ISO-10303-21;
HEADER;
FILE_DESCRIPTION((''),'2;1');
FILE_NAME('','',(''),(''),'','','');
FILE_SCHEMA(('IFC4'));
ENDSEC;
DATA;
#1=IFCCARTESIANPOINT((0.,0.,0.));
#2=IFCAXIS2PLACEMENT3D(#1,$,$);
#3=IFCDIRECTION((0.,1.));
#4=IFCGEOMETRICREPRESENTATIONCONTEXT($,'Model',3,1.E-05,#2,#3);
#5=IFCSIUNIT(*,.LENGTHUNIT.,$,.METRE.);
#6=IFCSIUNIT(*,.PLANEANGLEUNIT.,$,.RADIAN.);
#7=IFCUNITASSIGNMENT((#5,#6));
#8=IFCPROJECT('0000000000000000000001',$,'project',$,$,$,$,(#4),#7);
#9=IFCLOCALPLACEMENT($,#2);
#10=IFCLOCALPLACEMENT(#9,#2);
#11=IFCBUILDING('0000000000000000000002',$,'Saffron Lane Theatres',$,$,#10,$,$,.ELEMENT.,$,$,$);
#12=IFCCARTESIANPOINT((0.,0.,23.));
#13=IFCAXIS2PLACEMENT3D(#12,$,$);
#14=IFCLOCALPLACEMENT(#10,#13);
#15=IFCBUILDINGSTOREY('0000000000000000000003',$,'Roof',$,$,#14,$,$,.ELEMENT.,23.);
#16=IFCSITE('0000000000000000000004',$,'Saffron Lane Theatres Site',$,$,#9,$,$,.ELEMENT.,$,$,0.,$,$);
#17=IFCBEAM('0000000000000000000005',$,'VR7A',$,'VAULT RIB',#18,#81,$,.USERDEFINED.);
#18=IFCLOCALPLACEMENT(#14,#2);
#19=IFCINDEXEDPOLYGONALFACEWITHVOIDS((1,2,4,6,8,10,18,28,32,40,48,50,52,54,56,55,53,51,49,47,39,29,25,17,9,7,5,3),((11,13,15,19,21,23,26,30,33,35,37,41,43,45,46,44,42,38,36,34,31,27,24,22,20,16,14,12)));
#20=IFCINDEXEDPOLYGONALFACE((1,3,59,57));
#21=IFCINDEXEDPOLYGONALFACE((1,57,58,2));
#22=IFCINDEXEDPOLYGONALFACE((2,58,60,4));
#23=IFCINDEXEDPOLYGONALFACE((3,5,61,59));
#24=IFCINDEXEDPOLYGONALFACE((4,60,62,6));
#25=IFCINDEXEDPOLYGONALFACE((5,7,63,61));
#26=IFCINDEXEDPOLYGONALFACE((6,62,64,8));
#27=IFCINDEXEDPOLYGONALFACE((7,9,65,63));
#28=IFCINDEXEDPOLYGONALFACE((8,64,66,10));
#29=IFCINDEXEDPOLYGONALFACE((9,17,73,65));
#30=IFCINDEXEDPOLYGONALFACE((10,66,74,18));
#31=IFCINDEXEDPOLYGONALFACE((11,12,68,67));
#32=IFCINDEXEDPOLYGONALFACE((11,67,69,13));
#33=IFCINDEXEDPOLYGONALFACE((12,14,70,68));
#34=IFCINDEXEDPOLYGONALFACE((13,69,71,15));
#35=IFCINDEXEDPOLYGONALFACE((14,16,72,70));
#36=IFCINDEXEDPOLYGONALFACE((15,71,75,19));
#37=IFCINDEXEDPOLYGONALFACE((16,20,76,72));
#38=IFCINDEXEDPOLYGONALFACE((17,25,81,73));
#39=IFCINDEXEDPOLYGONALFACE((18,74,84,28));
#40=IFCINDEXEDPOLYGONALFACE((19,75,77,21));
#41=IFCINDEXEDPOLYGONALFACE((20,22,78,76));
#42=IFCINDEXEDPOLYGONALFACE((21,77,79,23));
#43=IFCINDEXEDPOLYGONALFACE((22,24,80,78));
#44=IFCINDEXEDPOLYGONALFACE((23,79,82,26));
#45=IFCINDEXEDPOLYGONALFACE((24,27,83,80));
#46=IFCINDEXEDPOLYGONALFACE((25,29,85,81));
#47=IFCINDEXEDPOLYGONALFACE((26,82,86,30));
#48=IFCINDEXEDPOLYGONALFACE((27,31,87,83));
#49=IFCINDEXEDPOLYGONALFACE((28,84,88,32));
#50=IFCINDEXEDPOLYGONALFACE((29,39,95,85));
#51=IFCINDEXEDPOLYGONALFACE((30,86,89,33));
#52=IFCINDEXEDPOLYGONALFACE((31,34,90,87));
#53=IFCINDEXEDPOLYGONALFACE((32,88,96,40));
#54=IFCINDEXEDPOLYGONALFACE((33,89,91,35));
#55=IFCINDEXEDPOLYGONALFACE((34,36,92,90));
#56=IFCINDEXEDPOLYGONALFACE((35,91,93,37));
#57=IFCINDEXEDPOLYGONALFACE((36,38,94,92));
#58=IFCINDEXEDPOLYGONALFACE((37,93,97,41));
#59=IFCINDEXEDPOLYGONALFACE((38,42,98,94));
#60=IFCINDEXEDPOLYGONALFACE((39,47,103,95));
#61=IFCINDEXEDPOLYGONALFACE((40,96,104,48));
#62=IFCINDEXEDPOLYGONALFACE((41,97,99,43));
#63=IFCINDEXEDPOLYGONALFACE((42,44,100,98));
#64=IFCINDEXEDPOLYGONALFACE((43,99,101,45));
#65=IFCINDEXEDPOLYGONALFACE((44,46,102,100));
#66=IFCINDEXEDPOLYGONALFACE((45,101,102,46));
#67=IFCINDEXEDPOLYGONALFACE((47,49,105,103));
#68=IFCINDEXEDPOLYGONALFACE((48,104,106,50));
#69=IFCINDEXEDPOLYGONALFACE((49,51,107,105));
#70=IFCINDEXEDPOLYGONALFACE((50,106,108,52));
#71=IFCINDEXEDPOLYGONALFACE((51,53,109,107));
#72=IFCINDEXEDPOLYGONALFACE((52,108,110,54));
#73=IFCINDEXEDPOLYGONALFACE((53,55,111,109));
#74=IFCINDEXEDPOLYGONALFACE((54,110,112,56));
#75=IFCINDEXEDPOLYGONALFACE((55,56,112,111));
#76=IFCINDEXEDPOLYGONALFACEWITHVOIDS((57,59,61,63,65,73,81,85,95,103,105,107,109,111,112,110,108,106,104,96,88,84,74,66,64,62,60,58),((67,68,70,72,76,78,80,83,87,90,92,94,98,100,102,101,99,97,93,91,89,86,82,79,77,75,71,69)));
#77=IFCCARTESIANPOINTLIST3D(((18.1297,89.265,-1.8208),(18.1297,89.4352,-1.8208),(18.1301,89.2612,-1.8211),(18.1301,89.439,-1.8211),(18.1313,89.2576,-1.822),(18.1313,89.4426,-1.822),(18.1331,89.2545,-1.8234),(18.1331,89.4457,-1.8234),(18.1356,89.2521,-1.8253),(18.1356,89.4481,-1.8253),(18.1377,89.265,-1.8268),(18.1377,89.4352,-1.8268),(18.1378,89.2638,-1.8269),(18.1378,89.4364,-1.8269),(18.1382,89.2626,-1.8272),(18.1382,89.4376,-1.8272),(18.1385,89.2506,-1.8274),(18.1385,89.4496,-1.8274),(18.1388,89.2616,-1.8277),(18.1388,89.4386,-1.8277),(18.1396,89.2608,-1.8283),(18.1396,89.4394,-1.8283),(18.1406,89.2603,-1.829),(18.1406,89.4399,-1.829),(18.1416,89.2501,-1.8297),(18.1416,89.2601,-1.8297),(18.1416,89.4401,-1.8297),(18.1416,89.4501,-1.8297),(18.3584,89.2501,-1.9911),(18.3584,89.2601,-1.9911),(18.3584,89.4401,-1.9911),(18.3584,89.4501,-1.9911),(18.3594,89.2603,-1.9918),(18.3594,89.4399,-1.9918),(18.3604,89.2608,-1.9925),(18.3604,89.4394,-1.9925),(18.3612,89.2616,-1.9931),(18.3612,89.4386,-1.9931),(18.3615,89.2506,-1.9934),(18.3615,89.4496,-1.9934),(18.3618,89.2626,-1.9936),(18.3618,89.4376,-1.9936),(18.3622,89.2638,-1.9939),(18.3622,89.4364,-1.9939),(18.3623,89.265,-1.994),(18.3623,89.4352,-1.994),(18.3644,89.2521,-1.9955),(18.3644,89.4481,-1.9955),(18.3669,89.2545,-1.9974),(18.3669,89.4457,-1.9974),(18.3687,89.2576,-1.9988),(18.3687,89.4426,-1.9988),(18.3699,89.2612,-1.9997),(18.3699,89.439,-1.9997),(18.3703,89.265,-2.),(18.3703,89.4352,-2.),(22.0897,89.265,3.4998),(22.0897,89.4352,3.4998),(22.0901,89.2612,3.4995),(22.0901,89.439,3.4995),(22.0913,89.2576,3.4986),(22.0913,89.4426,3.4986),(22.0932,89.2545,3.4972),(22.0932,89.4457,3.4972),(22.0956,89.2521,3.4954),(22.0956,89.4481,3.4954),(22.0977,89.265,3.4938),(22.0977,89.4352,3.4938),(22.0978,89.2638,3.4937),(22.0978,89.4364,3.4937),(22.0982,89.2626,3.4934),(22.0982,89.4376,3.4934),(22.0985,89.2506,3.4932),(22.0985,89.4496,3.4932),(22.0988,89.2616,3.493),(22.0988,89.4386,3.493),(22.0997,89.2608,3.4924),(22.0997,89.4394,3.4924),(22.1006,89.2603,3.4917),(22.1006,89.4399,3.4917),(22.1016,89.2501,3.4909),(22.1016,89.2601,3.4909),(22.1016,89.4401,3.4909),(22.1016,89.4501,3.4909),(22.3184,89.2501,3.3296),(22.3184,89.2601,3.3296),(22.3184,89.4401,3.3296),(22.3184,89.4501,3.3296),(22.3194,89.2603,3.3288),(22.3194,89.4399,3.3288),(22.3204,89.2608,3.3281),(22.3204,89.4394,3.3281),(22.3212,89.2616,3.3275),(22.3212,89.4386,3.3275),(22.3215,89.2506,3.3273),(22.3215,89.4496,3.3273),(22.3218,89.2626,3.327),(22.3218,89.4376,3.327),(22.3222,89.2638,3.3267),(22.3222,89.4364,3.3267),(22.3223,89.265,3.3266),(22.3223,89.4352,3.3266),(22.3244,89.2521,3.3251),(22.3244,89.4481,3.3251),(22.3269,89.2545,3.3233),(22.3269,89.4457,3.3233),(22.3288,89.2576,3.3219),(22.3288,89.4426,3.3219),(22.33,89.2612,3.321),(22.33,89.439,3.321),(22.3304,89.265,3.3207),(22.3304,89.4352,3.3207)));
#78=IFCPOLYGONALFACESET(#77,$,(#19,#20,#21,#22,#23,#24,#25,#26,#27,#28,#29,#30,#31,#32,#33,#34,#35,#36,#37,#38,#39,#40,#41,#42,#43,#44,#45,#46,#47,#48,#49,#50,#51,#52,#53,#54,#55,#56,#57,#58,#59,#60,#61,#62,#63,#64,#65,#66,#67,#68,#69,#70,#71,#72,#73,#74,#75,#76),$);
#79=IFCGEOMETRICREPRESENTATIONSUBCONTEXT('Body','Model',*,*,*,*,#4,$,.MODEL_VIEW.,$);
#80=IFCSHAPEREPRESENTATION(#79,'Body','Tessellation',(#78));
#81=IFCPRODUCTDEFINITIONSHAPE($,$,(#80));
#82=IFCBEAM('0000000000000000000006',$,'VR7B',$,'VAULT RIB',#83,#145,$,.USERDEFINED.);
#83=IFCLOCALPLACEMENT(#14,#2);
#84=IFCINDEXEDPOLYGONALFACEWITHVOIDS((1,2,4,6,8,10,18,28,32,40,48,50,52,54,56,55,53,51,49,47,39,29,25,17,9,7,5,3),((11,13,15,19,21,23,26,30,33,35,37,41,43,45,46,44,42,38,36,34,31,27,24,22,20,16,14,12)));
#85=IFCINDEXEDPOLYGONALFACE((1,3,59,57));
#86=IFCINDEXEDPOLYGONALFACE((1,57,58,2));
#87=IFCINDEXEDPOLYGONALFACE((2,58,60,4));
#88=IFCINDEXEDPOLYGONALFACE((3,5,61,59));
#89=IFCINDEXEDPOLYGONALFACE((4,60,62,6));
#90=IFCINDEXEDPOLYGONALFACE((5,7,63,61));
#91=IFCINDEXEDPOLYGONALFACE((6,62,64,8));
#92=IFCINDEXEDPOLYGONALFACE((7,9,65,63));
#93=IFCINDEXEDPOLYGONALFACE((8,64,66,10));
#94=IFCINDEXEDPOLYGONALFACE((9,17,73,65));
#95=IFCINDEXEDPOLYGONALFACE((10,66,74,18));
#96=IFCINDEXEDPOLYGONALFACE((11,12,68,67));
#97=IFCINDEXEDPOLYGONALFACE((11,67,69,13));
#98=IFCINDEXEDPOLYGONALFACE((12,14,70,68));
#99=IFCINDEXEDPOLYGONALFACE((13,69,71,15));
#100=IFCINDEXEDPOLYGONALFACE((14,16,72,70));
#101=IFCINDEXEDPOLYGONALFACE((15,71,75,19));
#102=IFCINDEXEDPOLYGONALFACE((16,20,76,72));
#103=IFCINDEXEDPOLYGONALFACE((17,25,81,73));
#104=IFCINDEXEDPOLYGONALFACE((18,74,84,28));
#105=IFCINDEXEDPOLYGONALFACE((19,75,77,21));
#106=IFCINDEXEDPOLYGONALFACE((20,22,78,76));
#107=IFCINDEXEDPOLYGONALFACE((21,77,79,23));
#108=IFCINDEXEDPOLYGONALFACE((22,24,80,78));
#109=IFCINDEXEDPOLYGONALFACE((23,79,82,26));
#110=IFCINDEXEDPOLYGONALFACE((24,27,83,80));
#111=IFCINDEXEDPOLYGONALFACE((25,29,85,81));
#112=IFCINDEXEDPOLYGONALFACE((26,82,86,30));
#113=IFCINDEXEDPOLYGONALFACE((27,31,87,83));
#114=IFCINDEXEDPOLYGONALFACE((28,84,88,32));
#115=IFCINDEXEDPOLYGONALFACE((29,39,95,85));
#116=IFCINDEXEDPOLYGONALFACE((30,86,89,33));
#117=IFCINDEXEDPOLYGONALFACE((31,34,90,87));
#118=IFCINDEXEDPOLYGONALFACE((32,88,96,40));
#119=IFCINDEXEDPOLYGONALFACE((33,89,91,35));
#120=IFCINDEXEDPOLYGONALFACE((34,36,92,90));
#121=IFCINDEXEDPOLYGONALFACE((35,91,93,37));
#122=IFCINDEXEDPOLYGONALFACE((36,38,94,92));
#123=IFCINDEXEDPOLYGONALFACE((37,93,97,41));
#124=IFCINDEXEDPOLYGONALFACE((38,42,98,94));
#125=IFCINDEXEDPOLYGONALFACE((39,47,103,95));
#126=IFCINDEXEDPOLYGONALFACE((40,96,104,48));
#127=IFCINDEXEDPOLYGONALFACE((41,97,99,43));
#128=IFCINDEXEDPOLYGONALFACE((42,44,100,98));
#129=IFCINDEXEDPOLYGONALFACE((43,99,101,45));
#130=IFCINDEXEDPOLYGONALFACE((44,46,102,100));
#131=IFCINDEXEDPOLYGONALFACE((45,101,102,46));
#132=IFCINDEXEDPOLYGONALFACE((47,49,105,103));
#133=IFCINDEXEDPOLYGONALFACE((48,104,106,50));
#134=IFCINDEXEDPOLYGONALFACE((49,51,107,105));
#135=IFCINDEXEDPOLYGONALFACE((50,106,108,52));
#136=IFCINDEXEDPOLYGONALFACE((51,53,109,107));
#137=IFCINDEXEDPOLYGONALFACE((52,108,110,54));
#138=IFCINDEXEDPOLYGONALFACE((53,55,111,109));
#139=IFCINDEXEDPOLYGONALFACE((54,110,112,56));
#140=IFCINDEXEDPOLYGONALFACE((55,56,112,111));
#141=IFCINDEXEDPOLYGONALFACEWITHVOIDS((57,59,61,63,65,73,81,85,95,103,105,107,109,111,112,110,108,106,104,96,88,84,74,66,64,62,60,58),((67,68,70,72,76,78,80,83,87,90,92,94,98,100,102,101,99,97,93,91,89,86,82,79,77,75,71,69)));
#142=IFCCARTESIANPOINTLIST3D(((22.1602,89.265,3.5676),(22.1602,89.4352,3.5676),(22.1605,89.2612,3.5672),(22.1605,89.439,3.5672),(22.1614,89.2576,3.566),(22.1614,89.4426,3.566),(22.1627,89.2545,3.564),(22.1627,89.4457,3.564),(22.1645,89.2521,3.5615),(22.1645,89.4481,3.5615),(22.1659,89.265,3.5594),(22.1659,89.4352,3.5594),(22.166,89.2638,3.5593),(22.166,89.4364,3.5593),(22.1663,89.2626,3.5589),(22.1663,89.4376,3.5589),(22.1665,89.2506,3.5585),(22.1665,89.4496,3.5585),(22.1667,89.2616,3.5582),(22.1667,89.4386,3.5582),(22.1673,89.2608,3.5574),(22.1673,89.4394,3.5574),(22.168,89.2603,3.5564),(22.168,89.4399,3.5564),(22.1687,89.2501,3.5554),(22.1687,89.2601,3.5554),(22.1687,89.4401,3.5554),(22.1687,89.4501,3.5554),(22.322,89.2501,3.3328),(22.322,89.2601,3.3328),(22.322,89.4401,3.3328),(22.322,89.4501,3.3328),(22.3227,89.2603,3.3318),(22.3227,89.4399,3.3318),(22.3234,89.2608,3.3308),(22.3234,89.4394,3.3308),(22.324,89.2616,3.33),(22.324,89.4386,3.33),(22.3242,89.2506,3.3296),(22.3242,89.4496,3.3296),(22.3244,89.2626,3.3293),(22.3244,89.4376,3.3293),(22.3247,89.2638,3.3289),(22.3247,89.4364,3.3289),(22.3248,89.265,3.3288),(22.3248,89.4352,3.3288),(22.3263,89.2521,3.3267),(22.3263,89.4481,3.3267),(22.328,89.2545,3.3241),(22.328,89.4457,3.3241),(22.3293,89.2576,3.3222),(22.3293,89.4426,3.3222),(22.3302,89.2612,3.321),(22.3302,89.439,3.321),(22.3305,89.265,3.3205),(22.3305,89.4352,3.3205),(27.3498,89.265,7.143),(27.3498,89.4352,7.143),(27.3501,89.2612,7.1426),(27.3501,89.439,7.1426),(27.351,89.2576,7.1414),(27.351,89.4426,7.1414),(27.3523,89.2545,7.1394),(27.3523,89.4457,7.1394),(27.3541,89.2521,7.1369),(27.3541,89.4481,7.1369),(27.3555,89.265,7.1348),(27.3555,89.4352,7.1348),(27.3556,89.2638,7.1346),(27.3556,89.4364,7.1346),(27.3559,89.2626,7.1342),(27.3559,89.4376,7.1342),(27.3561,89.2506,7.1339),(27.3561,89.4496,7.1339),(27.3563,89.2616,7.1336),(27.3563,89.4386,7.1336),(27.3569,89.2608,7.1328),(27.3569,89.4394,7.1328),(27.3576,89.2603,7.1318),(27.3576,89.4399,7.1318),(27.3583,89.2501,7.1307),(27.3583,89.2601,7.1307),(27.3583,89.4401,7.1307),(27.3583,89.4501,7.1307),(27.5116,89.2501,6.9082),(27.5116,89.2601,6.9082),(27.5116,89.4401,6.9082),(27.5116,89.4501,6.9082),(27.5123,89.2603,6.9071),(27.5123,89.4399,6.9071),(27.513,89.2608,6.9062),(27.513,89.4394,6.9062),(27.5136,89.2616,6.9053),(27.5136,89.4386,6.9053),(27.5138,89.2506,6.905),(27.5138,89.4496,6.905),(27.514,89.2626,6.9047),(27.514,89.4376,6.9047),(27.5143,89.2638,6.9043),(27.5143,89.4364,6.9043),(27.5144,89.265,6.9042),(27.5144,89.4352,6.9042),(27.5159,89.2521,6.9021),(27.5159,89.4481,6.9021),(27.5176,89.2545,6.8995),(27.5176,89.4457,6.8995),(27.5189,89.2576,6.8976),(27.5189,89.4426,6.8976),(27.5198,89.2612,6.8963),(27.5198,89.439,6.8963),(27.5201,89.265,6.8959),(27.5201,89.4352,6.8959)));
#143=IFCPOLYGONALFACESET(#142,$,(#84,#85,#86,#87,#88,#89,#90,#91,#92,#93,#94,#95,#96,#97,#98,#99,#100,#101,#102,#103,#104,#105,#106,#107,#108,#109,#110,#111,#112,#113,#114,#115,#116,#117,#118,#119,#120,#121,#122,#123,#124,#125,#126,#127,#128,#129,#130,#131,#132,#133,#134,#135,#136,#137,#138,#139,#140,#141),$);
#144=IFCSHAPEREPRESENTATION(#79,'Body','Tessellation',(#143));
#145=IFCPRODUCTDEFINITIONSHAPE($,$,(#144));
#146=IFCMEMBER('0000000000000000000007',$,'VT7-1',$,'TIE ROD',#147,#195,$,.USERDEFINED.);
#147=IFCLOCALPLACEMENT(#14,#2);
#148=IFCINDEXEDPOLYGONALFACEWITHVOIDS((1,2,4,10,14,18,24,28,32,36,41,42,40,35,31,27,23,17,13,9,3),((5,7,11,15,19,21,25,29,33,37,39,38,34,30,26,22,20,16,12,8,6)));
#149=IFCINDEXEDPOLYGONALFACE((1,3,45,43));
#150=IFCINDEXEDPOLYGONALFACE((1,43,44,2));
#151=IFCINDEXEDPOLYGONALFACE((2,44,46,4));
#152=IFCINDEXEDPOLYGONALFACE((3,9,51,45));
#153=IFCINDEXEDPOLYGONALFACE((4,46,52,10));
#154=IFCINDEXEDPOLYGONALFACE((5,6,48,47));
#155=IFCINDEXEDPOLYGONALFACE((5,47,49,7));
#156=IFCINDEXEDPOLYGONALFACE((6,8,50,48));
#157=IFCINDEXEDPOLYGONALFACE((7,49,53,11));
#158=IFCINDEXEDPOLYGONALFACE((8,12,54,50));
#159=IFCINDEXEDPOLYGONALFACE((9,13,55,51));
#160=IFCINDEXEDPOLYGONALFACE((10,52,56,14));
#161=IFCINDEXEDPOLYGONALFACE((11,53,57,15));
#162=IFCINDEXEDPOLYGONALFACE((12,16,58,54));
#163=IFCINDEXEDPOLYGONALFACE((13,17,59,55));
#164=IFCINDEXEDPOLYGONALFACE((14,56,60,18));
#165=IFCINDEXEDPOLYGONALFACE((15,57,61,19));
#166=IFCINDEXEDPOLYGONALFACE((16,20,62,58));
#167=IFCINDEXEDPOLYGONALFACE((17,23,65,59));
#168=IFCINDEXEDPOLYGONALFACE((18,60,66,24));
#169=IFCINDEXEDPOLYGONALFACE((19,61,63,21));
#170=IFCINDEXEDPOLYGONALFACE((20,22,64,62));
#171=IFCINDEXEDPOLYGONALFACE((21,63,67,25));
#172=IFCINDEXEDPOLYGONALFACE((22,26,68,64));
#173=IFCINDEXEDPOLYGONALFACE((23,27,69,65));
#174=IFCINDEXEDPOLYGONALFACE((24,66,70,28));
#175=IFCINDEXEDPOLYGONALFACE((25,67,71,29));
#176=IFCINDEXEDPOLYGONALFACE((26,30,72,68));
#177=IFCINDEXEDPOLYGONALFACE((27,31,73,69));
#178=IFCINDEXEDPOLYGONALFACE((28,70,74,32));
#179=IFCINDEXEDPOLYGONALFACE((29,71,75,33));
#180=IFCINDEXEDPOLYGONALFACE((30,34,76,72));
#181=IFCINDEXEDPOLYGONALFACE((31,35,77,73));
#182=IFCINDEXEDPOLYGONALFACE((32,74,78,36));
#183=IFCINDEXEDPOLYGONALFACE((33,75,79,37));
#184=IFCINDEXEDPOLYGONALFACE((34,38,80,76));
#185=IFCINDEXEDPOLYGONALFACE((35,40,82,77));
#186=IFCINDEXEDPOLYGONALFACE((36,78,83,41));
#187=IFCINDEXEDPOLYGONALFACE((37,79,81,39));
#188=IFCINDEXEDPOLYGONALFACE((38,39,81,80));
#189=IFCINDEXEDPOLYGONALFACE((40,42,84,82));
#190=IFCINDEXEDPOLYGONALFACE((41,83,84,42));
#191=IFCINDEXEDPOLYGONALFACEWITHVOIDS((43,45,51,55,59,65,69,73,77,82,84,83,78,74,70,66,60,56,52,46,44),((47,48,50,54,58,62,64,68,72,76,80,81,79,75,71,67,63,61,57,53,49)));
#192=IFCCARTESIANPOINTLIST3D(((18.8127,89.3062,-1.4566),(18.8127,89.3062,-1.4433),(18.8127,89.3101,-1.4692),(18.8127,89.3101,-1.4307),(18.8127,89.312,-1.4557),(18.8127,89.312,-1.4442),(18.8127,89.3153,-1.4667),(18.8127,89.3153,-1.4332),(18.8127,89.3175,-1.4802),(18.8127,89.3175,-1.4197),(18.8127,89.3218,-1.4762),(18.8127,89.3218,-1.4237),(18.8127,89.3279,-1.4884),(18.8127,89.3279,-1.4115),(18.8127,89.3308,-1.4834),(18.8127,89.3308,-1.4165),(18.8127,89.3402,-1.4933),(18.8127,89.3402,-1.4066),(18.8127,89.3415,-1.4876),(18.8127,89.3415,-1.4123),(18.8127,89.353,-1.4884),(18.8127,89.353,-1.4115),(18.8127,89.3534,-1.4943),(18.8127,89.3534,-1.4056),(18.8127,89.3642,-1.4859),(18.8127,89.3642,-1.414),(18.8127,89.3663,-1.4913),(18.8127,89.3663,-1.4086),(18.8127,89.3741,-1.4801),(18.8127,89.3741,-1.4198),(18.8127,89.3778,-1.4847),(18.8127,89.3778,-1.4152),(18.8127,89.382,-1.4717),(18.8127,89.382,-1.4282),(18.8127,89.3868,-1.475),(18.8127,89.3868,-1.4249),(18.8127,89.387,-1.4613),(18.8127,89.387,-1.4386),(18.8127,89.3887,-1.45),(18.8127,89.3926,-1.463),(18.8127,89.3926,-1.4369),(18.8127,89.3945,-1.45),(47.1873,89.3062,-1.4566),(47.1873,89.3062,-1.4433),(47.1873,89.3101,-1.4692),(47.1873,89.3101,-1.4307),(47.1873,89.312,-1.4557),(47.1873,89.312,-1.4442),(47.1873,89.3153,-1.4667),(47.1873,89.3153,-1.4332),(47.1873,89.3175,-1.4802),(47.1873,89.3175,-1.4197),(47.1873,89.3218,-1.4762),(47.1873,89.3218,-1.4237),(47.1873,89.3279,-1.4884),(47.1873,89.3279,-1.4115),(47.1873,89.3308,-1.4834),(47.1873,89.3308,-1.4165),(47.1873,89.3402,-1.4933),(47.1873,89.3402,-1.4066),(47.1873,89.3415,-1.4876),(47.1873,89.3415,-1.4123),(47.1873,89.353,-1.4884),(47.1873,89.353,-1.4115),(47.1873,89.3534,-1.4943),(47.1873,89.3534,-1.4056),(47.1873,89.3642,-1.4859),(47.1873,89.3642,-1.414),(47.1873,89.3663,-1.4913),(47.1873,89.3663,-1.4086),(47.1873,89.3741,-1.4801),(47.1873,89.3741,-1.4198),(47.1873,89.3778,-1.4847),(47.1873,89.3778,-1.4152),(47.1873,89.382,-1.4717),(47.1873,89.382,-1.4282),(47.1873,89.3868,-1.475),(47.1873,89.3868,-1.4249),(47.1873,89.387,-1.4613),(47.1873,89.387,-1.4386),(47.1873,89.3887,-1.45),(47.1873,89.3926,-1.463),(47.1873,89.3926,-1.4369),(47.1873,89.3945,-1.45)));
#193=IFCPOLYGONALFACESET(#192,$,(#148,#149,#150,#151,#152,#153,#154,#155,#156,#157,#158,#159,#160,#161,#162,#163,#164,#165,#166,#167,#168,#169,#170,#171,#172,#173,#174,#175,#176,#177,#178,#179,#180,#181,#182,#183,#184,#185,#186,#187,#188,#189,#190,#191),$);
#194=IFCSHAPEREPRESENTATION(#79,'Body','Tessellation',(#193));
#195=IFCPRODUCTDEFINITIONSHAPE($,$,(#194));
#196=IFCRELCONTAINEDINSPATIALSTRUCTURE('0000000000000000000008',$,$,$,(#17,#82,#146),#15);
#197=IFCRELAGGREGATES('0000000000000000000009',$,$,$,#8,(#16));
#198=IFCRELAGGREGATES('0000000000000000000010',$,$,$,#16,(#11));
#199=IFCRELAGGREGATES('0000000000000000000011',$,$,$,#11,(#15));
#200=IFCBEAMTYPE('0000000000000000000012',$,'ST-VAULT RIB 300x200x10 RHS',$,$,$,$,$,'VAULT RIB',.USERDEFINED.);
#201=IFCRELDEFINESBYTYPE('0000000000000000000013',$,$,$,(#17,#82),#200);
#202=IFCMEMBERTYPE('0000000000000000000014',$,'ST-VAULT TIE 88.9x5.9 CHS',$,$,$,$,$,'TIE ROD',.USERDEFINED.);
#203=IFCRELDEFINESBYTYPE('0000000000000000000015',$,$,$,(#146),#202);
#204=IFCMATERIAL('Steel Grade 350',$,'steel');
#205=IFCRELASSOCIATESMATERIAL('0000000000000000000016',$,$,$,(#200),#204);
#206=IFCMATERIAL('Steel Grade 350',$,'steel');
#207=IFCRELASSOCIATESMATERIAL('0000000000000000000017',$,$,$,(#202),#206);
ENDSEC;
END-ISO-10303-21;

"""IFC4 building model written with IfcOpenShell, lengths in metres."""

from ifc_helpers import new_model, si_unit, direction, frame, origin, origin_2d, place, context, subcontext, project, spatial, hollow_rectangle, hollow_circle, extrude, material, material_profile, profile_set, type_object, element, save


model = new_model("IFC4")

# Units and contexts
model_context = context("Model", 3, precision=1e-05, world=origin(), true_north=direction((0.0, 1.0)))
body_context = subcontext(model_context, "Body", "Model", "MODEL_VIEW")
ifc_project = project(units=[si_unit("LENGTHUNIT", "METRE"), si_unit("PLANEANGLEUNIT", "RADIAN")], contexts=[model_context])

# Site, building, storey
site_placement = place(None, origin())
site = spatial("IfcSite", under=ifc_project, at=site_placement, Name="Saffron Lane Theatres Site", CompositionType="ELEMENT", RefElevation=0.0)
building_placement = place(site_placement, origin())
building = spatial("IfcBuilding", under=site, at=building_placement, Name="Saffron Lane Theatres", CompositionType="ELEMENT")
storey_placement = place(building_placement, frame((0.0, 0.0, 23.0)))
storey = spatial("IfcBuildingStorey", under=building, at=storey_placement, Name="Roof", CompositionType="ELEMENT", Elevation=23.0)

# Beams
ifc_material_1 = material(Name="Steel Grade 350", Category="steel")
ifc_material_profile_1 = material_profile(ifc_material_1, hollow_rectangle(XDim=0.2, YDim=0.3, WallThickness=0.01, InnerFilletRadius=0.0049, OuterFilletRadius=0.0149, at=origin_2d()))
ifc_profile_set_1 = profile_set([ifc_material_profile_1], Name="Steel Grade 350")
beam_type = type_object("IfcBeamType", Name="ST-VAULT RIB 300x200x10 RHS", ElementType="VAULT RIB", PredefinedType="USERDEFINED", material=ifc_profile_set_1)
beam_1_placement = place(storey_placement, frame((18.25, 89.3501, -1.9104), z_axis=(0.597057, 0.0, 0.802199), x_axis=(0.0, 1.0, 0.0)))
element("IfcBeam", 1, at=beam_1_placement, inside=storey, type_object=beam_type, Name="VR7A", ObjectType="VAULT RIB", PredefinedType="USERDEFINED", context=body_context, shape_type="SweptSolid", body=[
    extrude(hollow_rectangle(XDim=0.2, YDim=0.3, WallThickness=0.01, InnerFilletRadius=0.0049, OuterFilletRadius=0.0149, at=origin_2d()), origin(), (0.0, 0.0, 1.0), 6.6326),
])
beam_2_placement = place(storey_placement, frame((22.2454, 89.3501, 3.4441), z_axis=(0.823484, 0.0, 0.567339), x_axis=(0.0, 1.0, 0.0)))
element("IfcBeam", 2, at=beam_2_placement, inside=storey, type_object=beam_type, Name="VR7B", ObjectType="VAULT RIB", PredefinedType="USERDEFINED", context=body_context, shape_type="SweptSolid", body=[
    extrude(hollow_rectangle(XDim=0.2, YDim=0.3, WallThickness=0.01, InnerFilletRadius=0.0049, OuterFilletRadius=0.0149, at=origin_2d()), origin(), (0.0, 0.0, 1.0), 6.302),
])

# Member
ifc_material_2 = material(Name="Steel Grade 350", Category="steel")
ifc_material_profile_2 = material_profile(ifc_material_2, hollow_circle(Radius=0.0444, WallThickness=0.0059, at=origin_2d()))
ifc_profile_set_2 = profile_set([ifc_material_profile_2], Name="Steel Grade 350")
member_type_1 = type_object("IfcMemberType", Name="ST-VAULT TIE 88.9x5.9 CHS", ElementType="TIE ROD", PredefinedType="USERDEFINED", material=ifc_profile_set_2)
member_1_placement = place(storey_placement, frame((18.8127, 89.3501, -1.45), z_axis=(1.0, 0.0, 0.0), x_axis=(0.0, 1.0, 0.0)))
element("IfcMember", 3, at=member_1_placement, inside=storey, type_object=member_type_1, Name="VT7-1", ObjectType="TIE ROD", PredefinedType="USERDEFINED", context=body_context, shape_type="SweptSolid", body=[
    extrude(hollow_circle(Radius=0.0444, WallThickness=0.0059, at=origin_2d()), origin(), (0.0, 0.0, 1.0), 28.3745),
])

save(model, "model.ifc")
